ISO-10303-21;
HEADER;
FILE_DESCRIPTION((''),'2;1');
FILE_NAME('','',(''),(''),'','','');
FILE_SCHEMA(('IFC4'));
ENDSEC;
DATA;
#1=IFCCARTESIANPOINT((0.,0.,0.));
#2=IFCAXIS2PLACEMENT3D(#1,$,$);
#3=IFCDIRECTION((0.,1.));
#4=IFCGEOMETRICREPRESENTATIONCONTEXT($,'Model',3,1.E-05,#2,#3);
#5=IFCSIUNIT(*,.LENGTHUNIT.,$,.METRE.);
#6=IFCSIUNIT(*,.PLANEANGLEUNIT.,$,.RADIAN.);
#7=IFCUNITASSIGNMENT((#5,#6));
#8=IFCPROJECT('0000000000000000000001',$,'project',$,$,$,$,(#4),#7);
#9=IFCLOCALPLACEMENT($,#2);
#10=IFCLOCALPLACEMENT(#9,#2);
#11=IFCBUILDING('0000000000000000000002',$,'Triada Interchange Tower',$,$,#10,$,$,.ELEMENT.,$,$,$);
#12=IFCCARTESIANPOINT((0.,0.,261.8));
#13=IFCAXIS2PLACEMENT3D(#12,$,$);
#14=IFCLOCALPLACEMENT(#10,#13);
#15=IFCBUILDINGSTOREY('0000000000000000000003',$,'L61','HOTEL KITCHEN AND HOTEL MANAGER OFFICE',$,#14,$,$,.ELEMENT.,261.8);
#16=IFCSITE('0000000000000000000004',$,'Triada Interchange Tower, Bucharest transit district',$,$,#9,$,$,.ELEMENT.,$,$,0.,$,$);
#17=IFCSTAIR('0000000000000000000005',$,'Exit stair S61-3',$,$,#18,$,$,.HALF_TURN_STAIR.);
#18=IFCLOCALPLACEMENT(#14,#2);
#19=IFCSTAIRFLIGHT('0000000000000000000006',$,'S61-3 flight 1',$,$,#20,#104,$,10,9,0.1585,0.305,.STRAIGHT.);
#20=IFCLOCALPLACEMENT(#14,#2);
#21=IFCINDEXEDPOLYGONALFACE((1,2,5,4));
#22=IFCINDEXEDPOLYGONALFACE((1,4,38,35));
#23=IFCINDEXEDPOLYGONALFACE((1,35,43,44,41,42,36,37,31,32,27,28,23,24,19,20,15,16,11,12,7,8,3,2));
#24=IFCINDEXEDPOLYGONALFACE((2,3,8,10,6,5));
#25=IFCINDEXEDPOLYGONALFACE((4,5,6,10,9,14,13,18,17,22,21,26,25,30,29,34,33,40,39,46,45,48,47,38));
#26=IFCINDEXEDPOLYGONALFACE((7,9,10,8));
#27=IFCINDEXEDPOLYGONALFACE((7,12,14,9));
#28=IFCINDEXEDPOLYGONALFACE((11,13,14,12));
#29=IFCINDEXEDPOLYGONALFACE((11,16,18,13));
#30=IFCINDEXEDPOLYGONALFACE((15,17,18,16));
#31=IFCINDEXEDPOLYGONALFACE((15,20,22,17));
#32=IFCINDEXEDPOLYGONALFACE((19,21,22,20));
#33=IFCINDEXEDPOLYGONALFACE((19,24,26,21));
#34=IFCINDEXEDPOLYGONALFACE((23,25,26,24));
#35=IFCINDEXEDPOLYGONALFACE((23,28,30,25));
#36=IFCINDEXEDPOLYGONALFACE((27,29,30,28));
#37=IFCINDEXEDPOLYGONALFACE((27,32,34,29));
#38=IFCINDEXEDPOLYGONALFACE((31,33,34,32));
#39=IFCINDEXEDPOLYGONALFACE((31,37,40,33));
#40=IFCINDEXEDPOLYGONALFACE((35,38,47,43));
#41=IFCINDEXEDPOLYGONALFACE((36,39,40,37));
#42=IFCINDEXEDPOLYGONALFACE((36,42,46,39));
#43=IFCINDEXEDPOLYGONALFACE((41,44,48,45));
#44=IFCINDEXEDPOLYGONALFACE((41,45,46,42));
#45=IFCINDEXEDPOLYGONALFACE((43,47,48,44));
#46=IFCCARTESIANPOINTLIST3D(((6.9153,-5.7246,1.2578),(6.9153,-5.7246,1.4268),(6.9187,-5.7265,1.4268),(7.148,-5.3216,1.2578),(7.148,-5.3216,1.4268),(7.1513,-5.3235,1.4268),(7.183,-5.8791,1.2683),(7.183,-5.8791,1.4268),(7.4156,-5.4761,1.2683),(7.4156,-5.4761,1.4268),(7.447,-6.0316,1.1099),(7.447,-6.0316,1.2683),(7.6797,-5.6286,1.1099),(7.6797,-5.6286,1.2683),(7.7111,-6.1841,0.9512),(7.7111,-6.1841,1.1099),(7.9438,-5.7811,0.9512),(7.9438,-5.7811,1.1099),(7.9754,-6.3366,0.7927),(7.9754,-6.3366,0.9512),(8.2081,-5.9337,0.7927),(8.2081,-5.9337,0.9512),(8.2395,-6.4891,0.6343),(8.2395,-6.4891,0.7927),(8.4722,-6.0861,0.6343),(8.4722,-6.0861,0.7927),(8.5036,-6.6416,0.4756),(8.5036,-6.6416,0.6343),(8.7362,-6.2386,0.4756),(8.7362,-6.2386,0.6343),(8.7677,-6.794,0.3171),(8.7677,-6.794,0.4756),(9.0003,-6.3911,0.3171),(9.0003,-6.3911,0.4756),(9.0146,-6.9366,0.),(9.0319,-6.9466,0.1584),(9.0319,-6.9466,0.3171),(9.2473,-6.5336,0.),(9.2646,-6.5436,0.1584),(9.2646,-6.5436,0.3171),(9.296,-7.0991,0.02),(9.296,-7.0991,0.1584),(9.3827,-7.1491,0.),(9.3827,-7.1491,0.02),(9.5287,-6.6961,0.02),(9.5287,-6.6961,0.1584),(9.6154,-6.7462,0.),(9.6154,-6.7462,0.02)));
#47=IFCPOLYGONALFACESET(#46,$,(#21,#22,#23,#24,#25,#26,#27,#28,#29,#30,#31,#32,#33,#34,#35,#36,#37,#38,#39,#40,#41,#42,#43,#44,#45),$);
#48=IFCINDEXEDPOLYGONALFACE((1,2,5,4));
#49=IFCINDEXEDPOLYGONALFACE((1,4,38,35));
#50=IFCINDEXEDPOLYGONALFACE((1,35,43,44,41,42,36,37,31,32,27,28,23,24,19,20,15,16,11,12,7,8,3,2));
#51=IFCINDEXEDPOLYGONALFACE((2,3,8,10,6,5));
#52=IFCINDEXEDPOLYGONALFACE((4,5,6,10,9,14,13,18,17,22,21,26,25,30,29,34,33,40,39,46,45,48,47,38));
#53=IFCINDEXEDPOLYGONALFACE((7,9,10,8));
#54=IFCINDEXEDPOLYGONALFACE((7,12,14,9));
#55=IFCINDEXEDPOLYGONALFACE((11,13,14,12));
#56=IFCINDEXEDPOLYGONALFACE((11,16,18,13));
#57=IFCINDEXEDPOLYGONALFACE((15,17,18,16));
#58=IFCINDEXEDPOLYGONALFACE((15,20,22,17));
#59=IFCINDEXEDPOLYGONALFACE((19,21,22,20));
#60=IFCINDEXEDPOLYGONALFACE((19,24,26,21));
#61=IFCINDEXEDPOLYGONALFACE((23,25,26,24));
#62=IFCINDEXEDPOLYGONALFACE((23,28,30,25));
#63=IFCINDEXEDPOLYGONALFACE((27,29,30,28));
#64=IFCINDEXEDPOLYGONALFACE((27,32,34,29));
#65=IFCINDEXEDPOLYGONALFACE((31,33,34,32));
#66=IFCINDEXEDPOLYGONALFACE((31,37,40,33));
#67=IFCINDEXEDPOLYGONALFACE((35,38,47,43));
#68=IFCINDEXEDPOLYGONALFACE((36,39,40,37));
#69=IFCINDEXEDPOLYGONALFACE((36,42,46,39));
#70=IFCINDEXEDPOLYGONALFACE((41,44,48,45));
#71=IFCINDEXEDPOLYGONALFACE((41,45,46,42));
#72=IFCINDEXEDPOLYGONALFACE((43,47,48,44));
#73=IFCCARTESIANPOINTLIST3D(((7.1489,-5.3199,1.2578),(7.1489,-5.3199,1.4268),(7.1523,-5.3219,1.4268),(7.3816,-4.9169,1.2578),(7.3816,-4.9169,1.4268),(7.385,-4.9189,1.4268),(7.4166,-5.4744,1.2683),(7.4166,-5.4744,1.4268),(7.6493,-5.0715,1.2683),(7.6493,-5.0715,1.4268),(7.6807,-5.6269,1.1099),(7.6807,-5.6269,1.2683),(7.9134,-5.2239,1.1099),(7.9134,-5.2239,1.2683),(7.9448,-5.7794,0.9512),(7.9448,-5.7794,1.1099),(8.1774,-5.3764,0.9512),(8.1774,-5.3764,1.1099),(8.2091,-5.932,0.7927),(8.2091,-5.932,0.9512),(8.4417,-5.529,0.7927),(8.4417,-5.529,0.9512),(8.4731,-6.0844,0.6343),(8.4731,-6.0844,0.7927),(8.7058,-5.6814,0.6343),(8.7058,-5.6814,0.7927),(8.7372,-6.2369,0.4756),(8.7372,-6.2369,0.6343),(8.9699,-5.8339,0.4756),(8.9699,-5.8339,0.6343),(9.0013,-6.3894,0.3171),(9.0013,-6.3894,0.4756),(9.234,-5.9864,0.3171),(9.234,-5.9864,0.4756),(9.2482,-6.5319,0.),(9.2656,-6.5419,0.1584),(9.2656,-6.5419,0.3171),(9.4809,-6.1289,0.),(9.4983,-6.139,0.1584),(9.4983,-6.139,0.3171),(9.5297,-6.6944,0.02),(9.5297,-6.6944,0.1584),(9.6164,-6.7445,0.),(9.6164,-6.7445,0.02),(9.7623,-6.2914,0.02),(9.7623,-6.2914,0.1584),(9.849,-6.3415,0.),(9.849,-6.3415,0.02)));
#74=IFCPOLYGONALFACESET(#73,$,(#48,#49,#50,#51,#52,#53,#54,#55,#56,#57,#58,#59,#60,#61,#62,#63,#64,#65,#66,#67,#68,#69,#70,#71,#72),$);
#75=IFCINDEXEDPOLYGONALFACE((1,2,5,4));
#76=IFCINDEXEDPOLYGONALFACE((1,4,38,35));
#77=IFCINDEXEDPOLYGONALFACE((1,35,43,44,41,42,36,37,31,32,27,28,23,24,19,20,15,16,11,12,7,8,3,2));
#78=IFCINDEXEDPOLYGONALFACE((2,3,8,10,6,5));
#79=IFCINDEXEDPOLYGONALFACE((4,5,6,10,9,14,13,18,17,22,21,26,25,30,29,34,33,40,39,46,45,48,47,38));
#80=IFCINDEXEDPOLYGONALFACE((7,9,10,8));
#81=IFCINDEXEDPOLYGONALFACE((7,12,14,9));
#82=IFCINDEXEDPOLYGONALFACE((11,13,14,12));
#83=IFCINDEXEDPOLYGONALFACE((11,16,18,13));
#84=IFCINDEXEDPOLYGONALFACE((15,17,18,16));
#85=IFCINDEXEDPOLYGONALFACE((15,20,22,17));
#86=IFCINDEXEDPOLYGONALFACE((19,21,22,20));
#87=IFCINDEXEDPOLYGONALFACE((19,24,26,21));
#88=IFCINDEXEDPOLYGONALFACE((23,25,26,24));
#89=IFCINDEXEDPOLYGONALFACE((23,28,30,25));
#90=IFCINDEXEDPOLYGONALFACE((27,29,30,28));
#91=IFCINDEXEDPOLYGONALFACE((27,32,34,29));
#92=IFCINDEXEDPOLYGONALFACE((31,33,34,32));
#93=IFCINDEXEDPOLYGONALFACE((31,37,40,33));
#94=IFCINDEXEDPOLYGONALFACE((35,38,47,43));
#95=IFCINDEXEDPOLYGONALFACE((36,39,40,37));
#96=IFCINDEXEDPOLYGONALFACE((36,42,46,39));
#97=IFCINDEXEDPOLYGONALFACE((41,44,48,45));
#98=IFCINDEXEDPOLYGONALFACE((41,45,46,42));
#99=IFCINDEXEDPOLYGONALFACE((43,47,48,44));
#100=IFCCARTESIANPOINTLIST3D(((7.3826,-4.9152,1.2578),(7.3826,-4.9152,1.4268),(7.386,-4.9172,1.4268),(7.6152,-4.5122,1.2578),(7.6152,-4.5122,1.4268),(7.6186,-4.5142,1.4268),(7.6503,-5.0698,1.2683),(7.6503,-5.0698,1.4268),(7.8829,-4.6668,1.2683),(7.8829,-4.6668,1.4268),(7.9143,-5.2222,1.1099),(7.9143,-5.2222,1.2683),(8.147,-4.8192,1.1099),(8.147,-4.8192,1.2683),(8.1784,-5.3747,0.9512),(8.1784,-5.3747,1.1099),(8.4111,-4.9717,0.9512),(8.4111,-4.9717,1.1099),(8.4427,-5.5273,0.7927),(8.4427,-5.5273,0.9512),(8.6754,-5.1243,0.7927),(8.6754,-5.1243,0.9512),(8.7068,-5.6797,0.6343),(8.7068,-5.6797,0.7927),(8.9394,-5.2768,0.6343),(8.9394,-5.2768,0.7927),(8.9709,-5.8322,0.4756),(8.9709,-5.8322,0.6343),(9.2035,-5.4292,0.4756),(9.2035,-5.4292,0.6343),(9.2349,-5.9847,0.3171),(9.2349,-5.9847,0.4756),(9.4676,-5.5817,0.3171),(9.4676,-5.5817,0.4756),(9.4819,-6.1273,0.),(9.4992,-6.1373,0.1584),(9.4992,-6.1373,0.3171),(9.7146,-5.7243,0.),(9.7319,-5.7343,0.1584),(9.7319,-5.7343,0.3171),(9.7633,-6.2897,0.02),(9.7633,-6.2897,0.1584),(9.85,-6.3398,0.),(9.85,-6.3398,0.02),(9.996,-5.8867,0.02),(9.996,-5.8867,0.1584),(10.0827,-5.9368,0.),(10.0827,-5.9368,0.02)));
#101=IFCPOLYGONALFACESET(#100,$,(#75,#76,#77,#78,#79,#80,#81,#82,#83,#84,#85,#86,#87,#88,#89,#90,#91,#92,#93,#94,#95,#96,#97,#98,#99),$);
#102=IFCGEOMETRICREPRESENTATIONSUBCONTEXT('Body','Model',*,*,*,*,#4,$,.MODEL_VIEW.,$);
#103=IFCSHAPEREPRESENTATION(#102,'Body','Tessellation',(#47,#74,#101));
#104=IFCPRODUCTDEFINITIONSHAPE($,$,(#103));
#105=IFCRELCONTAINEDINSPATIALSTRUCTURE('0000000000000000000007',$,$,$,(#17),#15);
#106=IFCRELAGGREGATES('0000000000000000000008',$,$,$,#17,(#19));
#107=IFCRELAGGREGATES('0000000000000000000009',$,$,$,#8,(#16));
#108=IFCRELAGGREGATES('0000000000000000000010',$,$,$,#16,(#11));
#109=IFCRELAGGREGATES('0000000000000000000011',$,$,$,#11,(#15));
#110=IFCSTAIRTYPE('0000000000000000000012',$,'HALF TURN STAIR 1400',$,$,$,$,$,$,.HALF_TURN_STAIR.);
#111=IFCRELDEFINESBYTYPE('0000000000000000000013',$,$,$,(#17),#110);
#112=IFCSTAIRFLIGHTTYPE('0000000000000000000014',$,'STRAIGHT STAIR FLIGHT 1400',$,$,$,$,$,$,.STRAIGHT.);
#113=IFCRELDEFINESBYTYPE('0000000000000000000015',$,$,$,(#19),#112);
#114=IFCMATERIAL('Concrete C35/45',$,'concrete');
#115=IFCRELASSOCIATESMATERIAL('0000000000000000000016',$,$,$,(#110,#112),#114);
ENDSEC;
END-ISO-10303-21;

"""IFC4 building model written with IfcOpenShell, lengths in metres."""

from ifc_helpers import new_model, si_unit, direction, frame, origin, place, context, subcontext, project, spatial, polyline, outline, extrude, material, type_object, element, aggregate, save


model = new_model("IFC4")

# Units and contexts
model_context = context("Model", 3, precision=1e-05, world=origin(), true_north=direction((0.0, 1.0)))
body_context = subcontext(model_context, "Body", "Model", "MODEL_VIEW")
ifc_project = project(units=[si_unit("LENGTHUNIT", "METRE"), si_unit("PLANEANGLEUNIT", "RADIAN")], contexts=[model_context])

# Site, building, storey
site_placement = place(None, origin())
site = spatial("IfcSite", under=ifc_project, at=site_placement, Name="Triada Interchange Tower, Bucharest transit district", CompositionType="ELEMENT", RefElevation=0.0)
building_placement = place(site_placement, origin())
building = spatial("IfcBuilding", under=site, at=building_placement, Name="Triada Interchange Tower", CompositionType="ELEMENT")
storey_placement = place(building_placement, frame((0.0, 0.0, 261.8)))
storey = spatial("IfcBuildingStorey", under=building, at=storey_placement, Name="L61", Description="HOTEL KITCHEN AND HOTEL MANAGER OFFICE", CompositionType="ELEMENT", Elevation=261.8)

# Shared definitions
ifc_material_1 = material(Name="Concrete C35/45", Category="concrete")

# Stair, stair flight
stair_type = type_object("IfcStairType", Name="HALF TURN STAIR 1400", PredefinedType="HALF_TURN_STAIR", material=ifc_material_1)
stair_placement = place(storey_placement, origin())
stair = element("IfcStair", 1, at=stair_placement, inside=storey, type_object=stair_type, Name="Exit stair S61-3", PredefinedType="HALF_TURN_STAIR")
stair_flight_type = type_object("IfcStairFlightType", Name="STRAIGHT STAIR FLIGHT 1400", PredefinedType="STRAIGHT", material=ifc_material_1)
stair_flight_1_placement = place(storey_placement, frame((9.646, -6.4929, 0.0), z_axis=(0.0, 0.0, 1.0), x_axis=(-0.866025, 0.5, 0.0)))
stair_flight_1 = element("IfcStairFlight", 2, at=stair_flight_1_placement, type_object=stair_flight_type, Name="S61-3 flight 1", NumberOfRisers=10, NumberOfTreads=9, PredefinedType="STRAIGHT", RiserHeight=0.1585, TreadLength=0.305, context=body_context, shape_type="SweptSolid", body=[
    extrude(outline(polyline([(-0.1001, 0.0), (-0.1001, 0.02), (0.0, 0.02), (0.0, 0.1584), (0.3049, 0.1584), (0.3049, 0.3171), (0.6101, 0.3171), (0.6101, 0.4756), (0.915, 0.4756), (0.915, 0.6343), (1.22, 0.6343), (1.22, 0.7927), (1.5249, 0.7927), (1.5249, 0.9512), (1.8301, 0.9512), (1.8301, 1.1099), (2.135, 1.1099), (2.135, 1.2683), (2.4399, 1.2683), (2.4399, 1.4268), (2.7451, 1.4268), (2.749, 1.4268), (2.749, 1.5854), (2.749, 1.2578), (0.325, 0.0), (-0.1001, 0.0)])), frame((0.0, 0.7, 0.0), z_axis=(0.0, -1.0, 0.0), x_axis=(1.0, 0.0, 0.0)), (0.0, 0.0, 1.0), 0.4653),
    extrude(outline(polyline([(-0.1001, 0.0), (-0.1001, 0.02), (0.0, 0.02), (0.0, 0.1584), (0.3049, 0.1584), (0.3049, 0.3171), (0.6101, 0.3171), (0.6101, 0.4756), (0.915, 0.4756), (0.915, 0.6343), (1.22, 0.6343), (1.22, 0.7927), (1.5249, 0.7927), (1.5249, 0.9512), (1.8301, 0.9512), (1.8301, 1.1099), (2.135, 1.1099), (2.135, 1.2683), (2.4399, 1.2683), (2.4399, 1.4268), (2.7451, 1.4268), (2.749, 1.4268), (2.749, 1.5854), (2.749, 1.2578), (0.325, 0.0), (-0.1001, 0.0)])), frame((0.0, 0.2327, 0.0), z_axis=(0.0, -1.0, 0.0), x_axis=(1.0, 0.0, 0.0)), (0.0, 0.0, 1.0), 0.4653),
    extrude(outline(polyline([(-0.1001, 0.0), (-0.1001, 0.02), (0.0, 0.02), (0.0, 0.1584), (0.3049, 0.1584), (0.3049, 0.3171), (0.6101, 0.3171), (0.6101, 0.4756), (0.915, 0.4756), (0.915, 0.6343), (1.22, 0.6343), (1.22, 0.7927), (1.5249, 0.7927), (1.5249, 0.9512), (1.8301, 0.9512), (1.8301, 1.1099), (2.135, 1.1099), (2.135, 1.2683), (2.4399, 1.2683), (2.4399, 1.4268), (2.7451, 1.4268), (2.749, 1.4268), (2.749, 1.5854), (2.749, 1.2578), (0.325, 0.0), (-0.1001, 0.0)])), frame((0.0, -0.2346, 0.0), z_axis=(0.0, -1.0, 0.0), x_axis=(1.0, 0.0, 0.0)), (0.0, 0.0, 1.0), 0.4653),
])
aggregate(stair, [stair_flight_1])

save(model, "model.ifc")
